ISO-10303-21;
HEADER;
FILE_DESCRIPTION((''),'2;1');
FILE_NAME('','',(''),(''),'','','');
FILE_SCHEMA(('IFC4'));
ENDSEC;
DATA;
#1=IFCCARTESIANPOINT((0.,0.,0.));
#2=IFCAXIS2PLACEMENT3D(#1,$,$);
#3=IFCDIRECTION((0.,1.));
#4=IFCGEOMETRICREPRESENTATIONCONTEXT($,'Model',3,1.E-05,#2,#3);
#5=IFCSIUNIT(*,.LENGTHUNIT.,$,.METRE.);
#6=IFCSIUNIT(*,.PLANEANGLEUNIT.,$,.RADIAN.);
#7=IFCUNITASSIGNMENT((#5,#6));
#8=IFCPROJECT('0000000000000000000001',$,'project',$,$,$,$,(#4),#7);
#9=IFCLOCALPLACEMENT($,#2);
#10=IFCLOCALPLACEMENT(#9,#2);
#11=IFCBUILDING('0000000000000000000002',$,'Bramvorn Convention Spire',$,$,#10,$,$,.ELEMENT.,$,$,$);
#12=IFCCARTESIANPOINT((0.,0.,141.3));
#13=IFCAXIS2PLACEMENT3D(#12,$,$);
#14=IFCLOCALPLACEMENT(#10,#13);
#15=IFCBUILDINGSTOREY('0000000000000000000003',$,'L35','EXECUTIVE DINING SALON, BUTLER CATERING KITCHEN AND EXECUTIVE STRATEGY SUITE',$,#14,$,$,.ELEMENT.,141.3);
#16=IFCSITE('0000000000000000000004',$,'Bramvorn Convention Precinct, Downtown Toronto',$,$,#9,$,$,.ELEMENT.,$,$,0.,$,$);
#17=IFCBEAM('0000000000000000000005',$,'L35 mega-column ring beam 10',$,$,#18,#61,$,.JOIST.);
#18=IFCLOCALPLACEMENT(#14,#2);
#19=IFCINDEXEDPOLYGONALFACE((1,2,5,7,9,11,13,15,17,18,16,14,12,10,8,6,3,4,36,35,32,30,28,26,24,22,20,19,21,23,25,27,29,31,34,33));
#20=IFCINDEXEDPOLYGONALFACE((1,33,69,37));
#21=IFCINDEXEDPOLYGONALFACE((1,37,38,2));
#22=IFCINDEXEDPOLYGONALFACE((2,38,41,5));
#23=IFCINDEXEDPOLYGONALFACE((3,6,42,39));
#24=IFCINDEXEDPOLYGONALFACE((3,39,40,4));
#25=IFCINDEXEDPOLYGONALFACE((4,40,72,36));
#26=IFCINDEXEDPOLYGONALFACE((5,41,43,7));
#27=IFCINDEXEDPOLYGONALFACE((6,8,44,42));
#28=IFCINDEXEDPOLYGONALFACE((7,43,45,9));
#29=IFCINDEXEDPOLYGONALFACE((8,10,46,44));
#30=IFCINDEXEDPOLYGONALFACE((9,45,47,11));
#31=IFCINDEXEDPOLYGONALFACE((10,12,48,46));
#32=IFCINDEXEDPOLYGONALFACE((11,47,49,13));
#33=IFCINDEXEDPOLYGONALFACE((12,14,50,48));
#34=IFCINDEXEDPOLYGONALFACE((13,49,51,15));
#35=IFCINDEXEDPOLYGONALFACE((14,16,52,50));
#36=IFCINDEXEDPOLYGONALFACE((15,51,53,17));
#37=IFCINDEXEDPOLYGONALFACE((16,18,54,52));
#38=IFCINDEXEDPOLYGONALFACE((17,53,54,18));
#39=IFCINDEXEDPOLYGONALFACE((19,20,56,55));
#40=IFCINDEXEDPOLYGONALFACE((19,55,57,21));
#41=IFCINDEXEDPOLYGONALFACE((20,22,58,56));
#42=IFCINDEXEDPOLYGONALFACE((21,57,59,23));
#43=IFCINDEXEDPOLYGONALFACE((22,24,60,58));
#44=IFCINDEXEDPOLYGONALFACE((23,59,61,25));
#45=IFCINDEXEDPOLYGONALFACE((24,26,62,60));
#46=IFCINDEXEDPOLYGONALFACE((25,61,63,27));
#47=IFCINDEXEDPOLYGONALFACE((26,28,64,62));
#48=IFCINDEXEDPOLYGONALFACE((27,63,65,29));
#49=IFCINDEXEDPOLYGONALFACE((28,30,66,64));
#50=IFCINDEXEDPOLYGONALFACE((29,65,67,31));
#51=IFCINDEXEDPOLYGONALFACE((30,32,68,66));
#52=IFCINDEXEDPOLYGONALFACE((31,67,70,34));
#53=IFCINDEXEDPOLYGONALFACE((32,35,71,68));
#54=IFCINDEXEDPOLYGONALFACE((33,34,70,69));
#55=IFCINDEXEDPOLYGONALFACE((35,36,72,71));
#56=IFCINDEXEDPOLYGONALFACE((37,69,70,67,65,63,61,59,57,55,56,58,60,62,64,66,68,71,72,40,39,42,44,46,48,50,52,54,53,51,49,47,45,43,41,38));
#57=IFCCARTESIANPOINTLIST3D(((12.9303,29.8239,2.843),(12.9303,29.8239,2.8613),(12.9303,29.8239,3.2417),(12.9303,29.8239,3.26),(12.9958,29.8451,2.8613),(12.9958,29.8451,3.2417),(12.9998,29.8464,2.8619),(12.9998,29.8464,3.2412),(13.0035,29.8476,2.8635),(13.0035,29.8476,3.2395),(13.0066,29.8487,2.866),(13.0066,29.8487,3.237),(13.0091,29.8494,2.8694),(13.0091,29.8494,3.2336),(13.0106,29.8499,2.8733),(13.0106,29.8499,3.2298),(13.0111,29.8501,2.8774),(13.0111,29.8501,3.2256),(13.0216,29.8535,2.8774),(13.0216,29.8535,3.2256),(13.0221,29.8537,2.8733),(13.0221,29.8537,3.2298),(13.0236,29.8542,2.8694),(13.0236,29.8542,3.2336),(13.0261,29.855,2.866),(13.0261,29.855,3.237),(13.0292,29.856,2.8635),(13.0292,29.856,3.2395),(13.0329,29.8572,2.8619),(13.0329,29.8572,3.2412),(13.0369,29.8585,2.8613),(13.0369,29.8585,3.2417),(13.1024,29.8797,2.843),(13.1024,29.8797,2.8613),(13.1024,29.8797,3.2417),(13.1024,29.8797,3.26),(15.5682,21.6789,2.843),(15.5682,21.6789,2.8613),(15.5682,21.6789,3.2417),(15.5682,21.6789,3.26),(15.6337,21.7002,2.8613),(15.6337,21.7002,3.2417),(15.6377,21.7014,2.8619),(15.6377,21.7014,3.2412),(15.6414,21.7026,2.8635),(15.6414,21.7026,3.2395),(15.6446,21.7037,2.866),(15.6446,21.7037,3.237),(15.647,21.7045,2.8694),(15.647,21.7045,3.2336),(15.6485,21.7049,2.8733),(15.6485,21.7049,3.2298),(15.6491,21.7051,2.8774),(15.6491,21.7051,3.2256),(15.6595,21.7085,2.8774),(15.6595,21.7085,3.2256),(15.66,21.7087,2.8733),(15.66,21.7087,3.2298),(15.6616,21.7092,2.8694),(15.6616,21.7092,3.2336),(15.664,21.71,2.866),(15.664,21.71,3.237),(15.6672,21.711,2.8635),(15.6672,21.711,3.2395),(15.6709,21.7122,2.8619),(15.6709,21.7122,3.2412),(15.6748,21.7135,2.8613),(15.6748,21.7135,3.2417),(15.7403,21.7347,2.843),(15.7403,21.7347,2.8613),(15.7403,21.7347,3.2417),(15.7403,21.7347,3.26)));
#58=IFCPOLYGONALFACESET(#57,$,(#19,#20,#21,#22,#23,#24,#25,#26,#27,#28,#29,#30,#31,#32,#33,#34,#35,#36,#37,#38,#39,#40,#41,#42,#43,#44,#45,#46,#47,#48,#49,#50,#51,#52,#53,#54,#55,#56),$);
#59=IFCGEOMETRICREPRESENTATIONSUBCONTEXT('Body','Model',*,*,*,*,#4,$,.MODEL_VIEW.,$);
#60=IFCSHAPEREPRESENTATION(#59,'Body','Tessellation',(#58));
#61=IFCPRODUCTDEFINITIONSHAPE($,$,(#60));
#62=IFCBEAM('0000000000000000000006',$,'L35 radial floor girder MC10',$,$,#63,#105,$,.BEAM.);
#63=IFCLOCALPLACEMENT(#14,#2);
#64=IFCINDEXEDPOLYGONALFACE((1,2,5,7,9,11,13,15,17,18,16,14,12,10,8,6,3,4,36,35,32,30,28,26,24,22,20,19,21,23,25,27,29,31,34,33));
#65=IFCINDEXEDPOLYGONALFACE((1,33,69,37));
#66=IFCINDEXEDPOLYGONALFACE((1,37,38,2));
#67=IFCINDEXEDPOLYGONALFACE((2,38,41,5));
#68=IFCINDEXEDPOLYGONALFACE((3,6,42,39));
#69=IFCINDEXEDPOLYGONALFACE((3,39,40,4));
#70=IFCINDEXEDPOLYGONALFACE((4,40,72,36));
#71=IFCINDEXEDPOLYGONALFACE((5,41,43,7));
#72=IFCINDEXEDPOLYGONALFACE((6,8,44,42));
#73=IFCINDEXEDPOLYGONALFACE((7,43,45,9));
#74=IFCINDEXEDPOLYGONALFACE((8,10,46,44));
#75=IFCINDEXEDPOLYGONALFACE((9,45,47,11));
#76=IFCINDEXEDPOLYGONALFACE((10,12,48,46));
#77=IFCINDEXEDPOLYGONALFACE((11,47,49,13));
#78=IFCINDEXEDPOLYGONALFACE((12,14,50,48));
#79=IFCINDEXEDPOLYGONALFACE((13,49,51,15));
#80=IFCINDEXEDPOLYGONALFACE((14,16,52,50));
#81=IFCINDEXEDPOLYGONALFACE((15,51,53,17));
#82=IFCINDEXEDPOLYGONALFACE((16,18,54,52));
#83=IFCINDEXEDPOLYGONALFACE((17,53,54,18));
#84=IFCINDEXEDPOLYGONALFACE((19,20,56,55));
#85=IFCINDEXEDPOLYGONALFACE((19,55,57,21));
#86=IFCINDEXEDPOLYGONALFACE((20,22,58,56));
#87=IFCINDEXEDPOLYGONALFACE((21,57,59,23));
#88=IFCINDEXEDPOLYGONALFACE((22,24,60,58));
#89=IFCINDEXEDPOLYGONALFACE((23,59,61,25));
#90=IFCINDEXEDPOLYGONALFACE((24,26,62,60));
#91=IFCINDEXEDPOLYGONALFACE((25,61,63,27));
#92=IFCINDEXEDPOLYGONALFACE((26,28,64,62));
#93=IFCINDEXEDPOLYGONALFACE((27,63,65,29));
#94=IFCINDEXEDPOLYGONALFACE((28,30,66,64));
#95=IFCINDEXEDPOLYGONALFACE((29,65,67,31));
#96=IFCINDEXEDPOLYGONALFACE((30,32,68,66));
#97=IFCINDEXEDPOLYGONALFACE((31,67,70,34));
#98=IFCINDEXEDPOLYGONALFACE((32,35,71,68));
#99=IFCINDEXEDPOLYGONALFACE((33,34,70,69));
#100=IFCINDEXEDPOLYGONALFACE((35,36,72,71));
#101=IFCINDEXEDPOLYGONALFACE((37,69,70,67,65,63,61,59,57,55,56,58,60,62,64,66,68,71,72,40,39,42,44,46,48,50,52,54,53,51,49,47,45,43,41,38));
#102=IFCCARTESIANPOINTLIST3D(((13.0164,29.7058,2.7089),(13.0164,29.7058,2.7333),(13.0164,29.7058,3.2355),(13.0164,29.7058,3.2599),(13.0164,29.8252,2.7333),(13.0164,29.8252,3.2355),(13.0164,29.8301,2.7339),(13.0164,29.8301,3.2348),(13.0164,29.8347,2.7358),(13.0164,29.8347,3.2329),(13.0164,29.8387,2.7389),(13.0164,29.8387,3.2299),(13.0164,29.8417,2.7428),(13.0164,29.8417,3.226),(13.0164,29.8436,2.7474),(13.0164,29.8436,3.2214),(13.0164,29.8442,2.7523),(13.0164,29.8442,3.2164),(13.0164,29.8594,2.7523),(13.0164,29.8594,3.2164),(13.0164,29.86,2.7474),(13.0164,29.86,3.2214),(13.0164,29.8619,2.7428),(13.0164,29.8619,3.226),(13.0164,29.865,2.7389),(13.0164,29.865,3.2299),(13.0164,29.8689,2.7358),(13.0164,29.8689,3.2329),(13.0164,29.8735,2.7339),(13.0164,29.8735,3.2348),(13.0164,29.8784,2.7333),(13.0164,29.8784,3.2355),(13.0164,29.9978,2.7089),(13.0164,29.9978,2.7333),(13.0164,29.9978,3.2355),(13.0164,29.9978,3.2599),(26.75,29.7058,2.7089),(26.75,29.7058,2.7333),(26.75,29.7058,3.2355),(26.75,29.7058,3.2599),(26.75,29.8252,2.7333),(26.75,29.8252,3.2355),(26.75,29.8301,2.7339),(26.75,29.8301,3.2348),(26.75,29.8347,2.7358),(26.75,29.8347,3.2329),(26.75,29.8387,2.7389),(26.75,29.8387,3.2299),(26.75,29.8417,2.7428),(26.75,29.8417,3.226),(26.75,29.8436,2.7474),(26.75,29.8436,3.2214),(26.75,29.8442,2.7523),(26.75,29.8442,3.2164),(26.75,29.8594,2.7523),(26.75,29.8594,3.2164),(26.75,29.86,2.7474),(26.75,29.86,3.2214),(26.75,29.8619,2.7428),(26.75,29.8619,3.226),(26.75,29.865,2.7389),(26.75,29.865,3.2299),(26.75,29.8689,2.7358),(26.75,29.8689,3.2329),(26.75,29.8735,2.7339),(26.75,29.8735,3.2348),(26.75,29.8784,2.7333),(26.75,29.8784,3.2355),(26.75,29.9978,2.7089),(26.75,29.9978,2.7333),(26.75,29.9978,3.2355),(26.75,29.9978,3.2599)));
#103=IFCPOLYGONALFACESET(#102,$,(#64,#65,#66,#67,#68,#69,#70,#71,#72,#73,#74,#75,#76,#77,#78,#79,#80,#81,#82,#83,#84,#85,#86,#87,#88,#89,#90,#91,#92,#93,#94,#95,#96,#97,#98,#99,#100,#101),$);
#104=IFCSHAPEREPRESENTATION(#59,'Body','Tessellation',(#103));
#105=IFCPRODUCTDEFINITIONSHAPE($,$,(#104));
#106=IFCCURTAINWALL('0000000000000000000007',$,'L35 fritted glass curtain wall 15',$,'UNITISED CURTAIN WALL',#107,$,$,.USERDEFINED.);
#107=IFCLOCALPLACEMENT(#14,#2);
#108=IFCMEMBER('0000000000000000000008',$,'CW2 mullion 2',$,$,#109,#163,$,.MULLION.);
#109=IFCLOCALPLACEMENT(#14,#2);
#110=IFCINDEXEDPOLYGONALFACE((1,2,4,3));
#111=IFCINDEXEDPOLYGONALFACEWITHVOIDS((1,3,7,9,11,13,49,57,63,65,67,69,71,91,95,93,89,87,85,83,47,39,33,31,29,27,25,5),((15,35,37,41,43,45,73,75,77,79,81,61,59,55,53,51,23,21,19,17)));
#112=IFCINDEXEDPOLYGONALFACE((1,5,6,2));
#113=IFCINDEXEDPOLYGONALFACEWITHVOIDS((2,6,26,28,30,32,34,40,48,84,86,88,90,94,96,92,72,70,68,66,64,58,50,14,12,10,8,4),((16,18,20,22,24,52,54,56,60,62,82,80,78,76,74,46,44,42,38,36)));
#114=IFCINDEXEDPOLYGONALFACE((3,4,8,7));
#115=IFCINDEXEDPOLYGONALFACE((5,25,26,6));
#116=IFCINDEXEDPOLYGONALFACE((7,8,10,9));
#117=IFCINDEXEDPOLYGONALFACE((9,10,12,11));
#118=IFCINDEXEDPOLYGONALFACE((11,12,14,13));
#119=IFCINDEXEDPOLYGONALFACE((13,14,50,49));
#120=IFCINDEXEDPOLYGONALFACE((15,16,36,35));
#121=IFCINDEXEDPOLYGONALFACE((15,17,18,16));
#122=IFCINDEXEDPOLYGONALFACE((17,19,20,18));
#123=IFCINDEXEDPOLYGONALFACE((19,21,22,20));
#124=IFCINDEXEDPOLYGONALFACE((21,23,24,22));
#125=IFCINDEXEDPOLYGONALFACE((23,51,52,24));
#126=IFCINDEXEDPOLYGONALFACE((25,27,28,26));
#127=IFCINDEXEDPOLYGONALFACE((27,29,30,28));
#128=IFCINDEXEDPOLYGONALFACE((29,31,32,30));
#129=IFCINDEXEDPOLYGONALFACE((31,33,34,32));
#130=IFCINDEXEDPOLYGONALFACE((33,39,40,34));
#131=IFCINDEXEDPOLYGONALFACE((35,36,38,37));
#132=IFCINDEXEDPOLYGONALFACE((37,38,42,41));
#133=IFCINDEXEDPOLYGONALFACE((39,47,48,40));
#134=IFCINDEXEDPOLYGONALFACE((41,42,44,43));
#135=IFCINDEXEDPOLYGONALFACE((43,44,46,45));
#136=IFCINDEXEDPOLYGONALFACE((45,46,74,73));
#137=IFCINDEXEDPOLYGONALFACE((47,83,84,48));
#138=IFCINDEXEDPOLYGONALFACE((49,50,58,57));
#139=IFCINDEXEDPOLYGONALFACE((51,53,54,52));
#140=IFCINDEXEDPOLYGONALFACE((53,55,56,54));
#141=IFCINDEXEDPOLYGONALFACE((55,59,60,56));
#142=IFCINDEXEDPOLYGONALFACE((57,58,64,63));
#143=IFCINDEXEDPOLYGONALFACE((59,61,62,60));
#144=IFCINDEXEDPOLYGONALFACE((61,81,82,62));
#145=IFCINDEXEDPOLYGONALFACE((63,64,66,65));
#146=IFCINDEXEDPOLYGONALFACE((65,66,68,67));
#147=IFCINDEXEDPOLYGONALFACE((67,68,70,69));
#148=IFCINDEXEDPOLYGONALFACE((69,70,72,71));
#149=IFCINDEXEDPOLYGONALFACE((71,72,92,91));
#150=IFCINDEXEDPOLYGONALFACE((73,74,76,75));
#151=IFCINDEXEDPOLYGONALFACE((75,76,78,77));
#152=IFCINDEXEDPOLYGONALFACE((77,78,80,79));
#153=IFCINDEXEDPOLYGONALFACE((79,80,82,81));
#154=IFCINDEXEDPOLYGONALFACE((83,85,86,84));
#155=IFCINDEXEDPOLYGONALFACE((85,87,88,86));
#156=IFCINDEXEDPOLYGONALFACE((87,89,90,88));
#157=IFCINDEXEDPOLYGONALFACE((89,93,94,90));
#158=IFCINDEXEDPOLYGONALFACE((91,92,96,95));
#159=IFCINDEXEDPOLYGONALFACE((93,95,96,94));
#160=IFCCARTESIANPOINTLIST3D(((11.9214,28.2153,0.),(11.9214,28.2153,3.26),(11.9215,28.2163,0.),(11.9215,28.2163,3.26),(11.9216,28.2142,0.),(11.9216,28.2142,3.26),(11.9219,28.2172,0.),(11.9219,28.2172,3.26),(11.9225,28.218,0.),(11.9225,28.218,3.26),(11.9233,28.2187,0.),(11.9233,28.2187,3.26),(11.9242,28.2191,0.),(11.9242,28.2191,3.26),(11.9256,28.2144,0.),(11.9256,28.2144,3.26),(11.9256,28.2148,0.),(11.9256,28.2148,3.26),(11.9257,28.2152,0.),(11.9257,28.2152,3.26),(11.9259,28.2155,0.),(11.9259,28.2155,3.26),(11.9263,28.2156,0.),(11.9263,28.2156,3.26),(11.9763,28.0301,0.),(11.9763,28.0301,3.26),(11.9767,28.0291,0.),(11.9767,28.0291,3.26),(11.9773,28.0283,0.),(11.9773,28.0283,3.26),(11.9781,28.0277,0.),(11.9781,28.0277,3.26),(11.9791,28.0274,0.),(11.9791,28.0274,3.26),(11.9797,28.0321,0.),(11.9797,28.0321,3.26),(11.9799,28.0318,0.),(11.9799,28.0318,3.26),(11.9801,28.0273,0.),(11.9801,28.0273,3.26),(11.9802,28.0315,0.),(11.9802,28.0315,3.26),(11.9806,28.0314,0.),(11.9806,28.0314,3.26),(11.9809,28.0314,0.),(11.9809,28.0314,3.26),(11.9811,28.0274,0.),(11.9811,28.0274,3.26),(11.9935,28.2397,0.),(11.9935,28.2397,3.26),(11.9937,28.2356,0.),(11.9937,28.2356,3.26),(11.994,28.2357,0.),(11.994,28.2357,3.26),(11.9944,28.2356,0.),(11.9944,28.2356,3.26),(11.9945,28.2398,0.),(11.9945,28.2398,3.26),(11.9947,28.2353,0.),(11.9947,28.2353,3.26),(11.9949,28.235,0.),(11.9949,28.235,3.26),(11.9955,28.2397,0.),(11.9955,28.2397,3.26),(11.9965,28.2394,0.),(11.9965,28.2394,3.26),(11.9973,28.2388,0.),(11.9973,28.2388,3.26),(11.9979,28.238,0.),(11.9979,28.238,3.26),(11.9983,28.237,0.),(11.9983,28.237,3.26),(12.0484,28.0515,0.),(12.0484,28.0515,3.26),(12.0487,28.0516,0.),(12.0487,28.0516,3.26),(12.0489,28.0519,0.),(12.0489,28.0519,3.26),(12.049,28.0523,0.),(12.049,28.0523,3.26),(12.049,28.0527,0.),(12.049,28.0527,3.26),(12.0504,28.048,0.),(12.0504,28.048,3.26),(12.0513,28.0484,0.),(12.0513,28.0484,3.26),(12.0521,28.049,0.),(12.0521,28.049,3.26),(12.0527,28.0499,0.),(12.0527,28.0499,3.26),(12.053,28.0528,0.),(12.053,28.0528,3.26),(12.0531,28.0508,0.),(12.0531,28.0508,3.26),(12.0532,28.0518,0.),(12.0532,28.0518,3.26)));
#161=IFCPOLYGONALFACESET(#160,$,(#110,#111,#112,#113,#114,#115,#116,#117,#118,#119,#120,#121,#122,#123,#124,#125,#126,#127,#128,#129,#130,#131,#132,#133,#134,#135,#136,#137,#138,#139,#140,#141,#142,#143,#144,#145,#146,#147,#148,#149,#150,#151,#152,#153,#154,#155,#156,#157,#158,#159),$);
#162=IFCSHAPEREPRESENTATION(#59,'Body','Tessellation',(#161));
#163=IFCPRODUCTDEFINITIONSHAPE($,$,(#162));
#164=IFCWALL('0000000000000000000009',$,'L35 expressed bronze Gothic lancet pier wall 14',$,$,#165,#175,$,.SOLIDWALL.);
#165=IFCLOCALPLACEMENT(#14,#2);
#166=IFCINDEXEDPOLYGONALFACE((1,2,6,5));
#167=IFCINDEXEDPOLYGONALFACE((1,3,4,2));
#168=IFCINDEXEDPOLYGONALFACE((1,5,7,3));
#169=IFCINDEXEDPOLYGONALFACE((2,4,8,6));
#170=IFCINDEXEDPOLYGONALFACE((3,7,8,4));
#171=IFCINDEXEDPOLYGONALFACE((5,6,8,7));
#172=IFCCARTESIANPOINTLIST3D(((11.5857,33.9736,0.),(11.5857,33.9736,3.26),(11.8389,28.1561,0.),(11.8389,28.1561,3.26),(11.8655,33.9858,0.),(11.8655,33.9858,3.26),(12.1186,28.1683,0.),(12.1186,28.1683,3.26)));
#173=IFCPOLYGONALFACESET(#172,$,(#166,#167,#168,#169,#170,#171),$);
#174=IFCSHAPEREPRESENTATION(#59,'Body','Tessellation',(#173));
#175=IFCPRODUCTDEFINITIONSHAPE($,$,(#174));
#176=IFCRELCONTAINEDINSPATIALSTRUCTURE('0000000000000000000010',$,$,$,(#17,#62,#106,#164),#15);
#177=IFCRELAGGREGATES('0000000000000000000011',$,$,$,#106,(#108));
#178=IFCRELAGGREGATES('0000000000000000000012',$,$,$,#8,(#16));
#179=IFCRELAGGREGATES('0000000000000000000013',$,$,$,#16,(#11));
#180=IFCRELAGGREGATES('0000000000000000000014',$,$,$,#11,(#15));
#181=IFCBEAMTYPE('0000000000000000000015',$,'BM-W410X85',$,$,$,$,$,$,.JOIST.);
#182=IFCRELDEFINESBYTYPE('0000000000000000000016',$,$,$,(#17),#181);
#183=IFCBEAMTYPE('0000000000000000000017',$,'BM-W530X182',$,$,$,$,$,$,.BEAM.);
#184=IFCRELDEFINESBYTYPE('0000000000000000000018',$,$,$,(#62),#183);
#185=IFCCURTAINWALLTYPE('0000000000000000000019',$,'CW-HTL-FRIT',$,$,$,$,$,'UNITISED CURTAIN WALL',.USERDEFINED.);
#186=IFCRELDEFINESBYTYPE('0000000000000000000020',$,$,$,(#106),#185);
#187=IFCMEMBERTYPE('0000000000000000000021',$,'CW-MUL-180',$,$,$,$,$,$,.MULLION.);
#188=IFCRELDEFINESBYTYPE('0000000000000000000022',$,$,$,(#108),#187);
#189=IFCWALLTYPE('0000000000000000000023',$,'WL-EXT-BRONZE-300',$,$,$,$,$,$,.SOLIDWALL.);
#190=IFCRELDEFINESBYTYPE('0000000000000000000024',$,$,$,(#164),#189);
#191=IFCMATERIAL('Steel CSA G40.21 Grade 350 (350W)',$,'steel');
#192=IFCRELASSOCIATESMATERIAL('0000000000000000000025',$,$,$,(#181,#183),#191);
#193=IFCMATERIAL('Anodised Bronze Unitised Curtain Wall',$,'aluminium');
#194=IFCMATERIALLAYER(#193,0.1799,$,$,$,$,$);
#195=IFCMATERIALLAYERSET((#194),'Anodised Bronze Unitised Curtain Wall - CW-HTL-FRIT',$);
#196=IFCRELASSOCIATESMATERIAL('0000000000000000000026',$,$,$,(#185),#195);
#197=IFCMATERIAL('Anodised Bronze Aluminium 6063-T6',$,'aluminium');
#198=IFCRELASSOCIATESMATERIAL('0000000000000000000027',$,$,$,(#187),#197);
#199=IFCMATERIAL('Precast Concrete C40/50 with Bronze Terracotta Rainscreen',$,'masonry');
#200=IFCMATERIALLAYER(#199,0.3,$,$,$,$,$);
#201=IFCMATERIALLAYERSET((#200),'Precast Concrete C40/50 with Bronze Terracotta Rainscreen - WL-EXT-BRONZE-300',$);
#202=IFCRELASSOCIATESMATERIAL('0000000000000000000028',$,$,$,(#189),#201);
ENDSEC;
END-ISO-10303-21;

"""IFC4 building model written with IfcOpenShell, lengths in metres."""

from ifc_helpers import new_model, si_unit, direction, frame, frame_2d, origin, origin_2d, place, context, subcontext, project, spatial, rectangle, hollow_rectangle, i_section, extrude, material, layer, layer_set, material_profile, profile_set, type_object, element, aggregate, save


model = new_model("IFC4")

# Units and contexts
model_context = context("Model", 3, precision=1e-05, world=origin(), true_north=direction((0.0, 1.0)))
body_context = subcontext(model_context, "Body", "Model", "MODEL_VIEW")
ifc_project = project(units=[si_unit("LENGTHUNIT", "METRE"), si_unit("PLANEANGLEUNIT", "RADIAN")], contexts=[model_context])

# Site, building, storey
site_placement = place(None, origin())
site = spatial("IfcSite", under=ifc_project, at=site_placement, Name="Bramvorn Convention Precinct, Downtown Toronto", CompositionType="ELEMENT", RefElevation=0.0)
building_placement = place(site_placement, origin())
building = spatial("IfcBuilding", under=site, at=building_placement, Name="Bramvorn Convention Spire", CompositionType="ELEMENT")
storey_placement = place(building_placement, frame((0.0, 0.0, 141.3)))
storey = spatial("IfcBuildingStorey", under=building, at=storey_placement, Name="L35", Description="EXECUTIVE DINING SALON, BUTLER CATERING KITCHEN AND EXECUTIVE STRATEGY SUITE", CompositionType="ELEMENT", Elevation=141.3)

# Shared definitions
ifc_material_1 = material(Name="Steel CSA G40.21 Grade 350 (350W)", Category="steel")

# Beams
ifc_material_profile_1 = material_profile(ifc_material_1, i_section(OverallWidth=0.1809, OverallDepth=0.417, WebThickness=0.011, FlangeThickness=0.0183, FilletRadius=0.0161, at=origin_2d()))
ifc_profile_set_1 = profile_set([ifc_material_profile_1], Name="Steel CSA G40.21 Grade 350 (350W) - W410X85")
beam_type_1 = type_object("IfcBeamType", Name="BM-W410X85", PredefinedType="JOIST", material=ifc_profile_set_1)
beam_1_placement = place(storey_placement, frame((13.0164, 29.8518, 3.0515), z_axis=(0.308115, -0.951349, 0.0), x_axis=(0.951349, 0.308115, 0.0)))
element("IfcBeam", 1, at=beam_1_placement, inside=storey, type_object=beam_type_1, Name="L35 mega-column ring beam 10", PredefinedType="JOIST", context=body_context, shape_type="SweptSolid", body=[
    extrude(i_section(OverallWidth=0.1809, OverallDepth=0.417, WebThickness=0.011, FlangeThickness=0.0183, FilletRadius=0.0161, at=origin_2d()), origin(), (0.0, 0.0, 1.0), 8.5615),
])
ifc_material_profile_2 = material_profile(ifc_material_1, i_section(OverallWidth=0.292, OverallDepth=0.551, WebThickness=0.0151, FlangeThickness=0.0244, FilletRadius=0.019, at=origin_2d()))
ifc_profile_set_2 = profile_set([ifc_material_profile_2], Name="Steel CSA G40.21 Grade 350 (350W) - W530X182")
beam_type_2 = type_object("IfcBeamType", Name="BM-W530X182", PredefinedType="BEAM", material=ifc_profile_set_2)
beam_2_placement = place(storey_placement, frame((26.75, 29.8518, 2.9844), z_axis=(-1.0, 0.0, 0.0), x_axis=(0.0, -1.0, 0.0)))
element("IfcBeam", 2, at=beam_2_placement, inside=storey, type_object=beam_type_2, Name="L35 radial floor girder MC10", PredefinedType="BEAM", context=body_context, shape_type="SweptSolid", body=[
    extrude(i_section(OverallWidth=0.292, OverallDepth=0.551, WebThickness=0.0151, FlangeThickness=0.0244, FilletRadius=0.019, at=origin_2d()), origin(), (0.0, 0.0, 1.0), 13.7336),
])

# Curtain wall, member
ifc_material_2 = material(Name="Anodised Bronze Unitised Curtain Wall", Category="aluminium")
ifc_layer_1 = layer(ifc_material_2, 0.1799)
ifc_layer_set_1 = layer_set([ifc_layer_1], Name="Anodised Bronze Unitised Curtain Wall - CW-HTL-FRIT")
curtain_wall_type = type_object("IfcCurtainWallType", Name="CW-HTL-FRIT", ElementType="UNITISED CURTAIN WALL", PredefinedType="USERDEFINED", material=ifc_layer_set_1)
curtain_wall_placement = place(storey_placement, origin())
curtain_wall = element("IfcCurtainWall", 3, at=curtain_wall_placement, inside=storey, type_object=curtain_wall_type, Name="L35 fritted glass curtain wall 15", ObjectType="UNITISED CURTAIN WALL", PredefinedType="USERDEFINED")
ifc_material_3 = material(Name="Anodised Bronze Aluminium 6063-T6", Category="aluminium")
ifc_material_profile_3 = material_profile(ifc_material_3, hollow_rectangle(XDim=0.0801, YDim=0.2, WallThickness=0.0039, InnerFilletRadius=0.001, OuterFilletRadius=0.0039, at=origin_2d()))
ifc_profile_set_3 = profile_set([ifc_material_profile_3], Name="Anodised Bronze Aluminium 6063-T6 - CWM80X200")
member_type = type_object("IfcMemberType", Name="CW-MUL-180", PredefinedType="MULLION", material=ifc_profile_set_3)
member_placement = place(storey_placement, frame((11.9873, 28.1335, 0.0), z_axis=(0.0, 0.0, 1.0), x_axis=(-0.958637, -0.284632, 0.0)))
member = element("IfcMember", 4, at=member_placement, type_object=member_type, Name="CW2 mullion 2", PredefinedType="MULLION", context=body_context, shape_type="SweptSolid", body=[
    extrude(hollow_rectangle(XDim=0.0801, YDim=0.2, WallThickness=0.0039, InnerFilletRadius=0.001, OuterFilletRadius=0.0039, at=origin_2d()), origin(), (0.0, 0.0, 1.0), 3.26),
])
aggregate(curtain_wall, [member])

# Wall
ifc_material_4 = material(Name="Precast Concrete C40/50 with Bronze Terracotta Rainscreen", Category="masonry")
ifc_layer_2 = layer(ifc_material_4, 0.3)
ifc_layer_set_2 = layer_set([ifc_layer_2], Name="Precast Concrete C40/50 with Bronze Terracotta Rainscreen - WL-EXT-BRONZE-300")
wall_type_1 = type_object("IfcWallType", Name="WL-EXT-BRONZE-300", PredefinedType="SOLIDWALL", material=ifc_layer_set_2)
wall_1_placement = place(storey_placement, frame((11.9788, 28.1621, 0.0), z_axis=(0.0, 0.0, 1.0), x_axis=(-0.043479, 0.999054, 0.0)))
element("IfcWall", 5, at=wall_1_placement, inside=storey, type_object=wall_type_1, Name="L35 expressed bronze Gothic lancet pier wall 14", PredefinedType="SOLIDWALL", context=body_context, shape_type="SweptSolid", body=[
    extrude(rectangle(XDim=5.823, YDim=0.28, at=frame_2d((2.9116, 0.0))), origin(), (0.0, 0.0, 1.0), 3.26),
])

save(model, "model.ifc")
